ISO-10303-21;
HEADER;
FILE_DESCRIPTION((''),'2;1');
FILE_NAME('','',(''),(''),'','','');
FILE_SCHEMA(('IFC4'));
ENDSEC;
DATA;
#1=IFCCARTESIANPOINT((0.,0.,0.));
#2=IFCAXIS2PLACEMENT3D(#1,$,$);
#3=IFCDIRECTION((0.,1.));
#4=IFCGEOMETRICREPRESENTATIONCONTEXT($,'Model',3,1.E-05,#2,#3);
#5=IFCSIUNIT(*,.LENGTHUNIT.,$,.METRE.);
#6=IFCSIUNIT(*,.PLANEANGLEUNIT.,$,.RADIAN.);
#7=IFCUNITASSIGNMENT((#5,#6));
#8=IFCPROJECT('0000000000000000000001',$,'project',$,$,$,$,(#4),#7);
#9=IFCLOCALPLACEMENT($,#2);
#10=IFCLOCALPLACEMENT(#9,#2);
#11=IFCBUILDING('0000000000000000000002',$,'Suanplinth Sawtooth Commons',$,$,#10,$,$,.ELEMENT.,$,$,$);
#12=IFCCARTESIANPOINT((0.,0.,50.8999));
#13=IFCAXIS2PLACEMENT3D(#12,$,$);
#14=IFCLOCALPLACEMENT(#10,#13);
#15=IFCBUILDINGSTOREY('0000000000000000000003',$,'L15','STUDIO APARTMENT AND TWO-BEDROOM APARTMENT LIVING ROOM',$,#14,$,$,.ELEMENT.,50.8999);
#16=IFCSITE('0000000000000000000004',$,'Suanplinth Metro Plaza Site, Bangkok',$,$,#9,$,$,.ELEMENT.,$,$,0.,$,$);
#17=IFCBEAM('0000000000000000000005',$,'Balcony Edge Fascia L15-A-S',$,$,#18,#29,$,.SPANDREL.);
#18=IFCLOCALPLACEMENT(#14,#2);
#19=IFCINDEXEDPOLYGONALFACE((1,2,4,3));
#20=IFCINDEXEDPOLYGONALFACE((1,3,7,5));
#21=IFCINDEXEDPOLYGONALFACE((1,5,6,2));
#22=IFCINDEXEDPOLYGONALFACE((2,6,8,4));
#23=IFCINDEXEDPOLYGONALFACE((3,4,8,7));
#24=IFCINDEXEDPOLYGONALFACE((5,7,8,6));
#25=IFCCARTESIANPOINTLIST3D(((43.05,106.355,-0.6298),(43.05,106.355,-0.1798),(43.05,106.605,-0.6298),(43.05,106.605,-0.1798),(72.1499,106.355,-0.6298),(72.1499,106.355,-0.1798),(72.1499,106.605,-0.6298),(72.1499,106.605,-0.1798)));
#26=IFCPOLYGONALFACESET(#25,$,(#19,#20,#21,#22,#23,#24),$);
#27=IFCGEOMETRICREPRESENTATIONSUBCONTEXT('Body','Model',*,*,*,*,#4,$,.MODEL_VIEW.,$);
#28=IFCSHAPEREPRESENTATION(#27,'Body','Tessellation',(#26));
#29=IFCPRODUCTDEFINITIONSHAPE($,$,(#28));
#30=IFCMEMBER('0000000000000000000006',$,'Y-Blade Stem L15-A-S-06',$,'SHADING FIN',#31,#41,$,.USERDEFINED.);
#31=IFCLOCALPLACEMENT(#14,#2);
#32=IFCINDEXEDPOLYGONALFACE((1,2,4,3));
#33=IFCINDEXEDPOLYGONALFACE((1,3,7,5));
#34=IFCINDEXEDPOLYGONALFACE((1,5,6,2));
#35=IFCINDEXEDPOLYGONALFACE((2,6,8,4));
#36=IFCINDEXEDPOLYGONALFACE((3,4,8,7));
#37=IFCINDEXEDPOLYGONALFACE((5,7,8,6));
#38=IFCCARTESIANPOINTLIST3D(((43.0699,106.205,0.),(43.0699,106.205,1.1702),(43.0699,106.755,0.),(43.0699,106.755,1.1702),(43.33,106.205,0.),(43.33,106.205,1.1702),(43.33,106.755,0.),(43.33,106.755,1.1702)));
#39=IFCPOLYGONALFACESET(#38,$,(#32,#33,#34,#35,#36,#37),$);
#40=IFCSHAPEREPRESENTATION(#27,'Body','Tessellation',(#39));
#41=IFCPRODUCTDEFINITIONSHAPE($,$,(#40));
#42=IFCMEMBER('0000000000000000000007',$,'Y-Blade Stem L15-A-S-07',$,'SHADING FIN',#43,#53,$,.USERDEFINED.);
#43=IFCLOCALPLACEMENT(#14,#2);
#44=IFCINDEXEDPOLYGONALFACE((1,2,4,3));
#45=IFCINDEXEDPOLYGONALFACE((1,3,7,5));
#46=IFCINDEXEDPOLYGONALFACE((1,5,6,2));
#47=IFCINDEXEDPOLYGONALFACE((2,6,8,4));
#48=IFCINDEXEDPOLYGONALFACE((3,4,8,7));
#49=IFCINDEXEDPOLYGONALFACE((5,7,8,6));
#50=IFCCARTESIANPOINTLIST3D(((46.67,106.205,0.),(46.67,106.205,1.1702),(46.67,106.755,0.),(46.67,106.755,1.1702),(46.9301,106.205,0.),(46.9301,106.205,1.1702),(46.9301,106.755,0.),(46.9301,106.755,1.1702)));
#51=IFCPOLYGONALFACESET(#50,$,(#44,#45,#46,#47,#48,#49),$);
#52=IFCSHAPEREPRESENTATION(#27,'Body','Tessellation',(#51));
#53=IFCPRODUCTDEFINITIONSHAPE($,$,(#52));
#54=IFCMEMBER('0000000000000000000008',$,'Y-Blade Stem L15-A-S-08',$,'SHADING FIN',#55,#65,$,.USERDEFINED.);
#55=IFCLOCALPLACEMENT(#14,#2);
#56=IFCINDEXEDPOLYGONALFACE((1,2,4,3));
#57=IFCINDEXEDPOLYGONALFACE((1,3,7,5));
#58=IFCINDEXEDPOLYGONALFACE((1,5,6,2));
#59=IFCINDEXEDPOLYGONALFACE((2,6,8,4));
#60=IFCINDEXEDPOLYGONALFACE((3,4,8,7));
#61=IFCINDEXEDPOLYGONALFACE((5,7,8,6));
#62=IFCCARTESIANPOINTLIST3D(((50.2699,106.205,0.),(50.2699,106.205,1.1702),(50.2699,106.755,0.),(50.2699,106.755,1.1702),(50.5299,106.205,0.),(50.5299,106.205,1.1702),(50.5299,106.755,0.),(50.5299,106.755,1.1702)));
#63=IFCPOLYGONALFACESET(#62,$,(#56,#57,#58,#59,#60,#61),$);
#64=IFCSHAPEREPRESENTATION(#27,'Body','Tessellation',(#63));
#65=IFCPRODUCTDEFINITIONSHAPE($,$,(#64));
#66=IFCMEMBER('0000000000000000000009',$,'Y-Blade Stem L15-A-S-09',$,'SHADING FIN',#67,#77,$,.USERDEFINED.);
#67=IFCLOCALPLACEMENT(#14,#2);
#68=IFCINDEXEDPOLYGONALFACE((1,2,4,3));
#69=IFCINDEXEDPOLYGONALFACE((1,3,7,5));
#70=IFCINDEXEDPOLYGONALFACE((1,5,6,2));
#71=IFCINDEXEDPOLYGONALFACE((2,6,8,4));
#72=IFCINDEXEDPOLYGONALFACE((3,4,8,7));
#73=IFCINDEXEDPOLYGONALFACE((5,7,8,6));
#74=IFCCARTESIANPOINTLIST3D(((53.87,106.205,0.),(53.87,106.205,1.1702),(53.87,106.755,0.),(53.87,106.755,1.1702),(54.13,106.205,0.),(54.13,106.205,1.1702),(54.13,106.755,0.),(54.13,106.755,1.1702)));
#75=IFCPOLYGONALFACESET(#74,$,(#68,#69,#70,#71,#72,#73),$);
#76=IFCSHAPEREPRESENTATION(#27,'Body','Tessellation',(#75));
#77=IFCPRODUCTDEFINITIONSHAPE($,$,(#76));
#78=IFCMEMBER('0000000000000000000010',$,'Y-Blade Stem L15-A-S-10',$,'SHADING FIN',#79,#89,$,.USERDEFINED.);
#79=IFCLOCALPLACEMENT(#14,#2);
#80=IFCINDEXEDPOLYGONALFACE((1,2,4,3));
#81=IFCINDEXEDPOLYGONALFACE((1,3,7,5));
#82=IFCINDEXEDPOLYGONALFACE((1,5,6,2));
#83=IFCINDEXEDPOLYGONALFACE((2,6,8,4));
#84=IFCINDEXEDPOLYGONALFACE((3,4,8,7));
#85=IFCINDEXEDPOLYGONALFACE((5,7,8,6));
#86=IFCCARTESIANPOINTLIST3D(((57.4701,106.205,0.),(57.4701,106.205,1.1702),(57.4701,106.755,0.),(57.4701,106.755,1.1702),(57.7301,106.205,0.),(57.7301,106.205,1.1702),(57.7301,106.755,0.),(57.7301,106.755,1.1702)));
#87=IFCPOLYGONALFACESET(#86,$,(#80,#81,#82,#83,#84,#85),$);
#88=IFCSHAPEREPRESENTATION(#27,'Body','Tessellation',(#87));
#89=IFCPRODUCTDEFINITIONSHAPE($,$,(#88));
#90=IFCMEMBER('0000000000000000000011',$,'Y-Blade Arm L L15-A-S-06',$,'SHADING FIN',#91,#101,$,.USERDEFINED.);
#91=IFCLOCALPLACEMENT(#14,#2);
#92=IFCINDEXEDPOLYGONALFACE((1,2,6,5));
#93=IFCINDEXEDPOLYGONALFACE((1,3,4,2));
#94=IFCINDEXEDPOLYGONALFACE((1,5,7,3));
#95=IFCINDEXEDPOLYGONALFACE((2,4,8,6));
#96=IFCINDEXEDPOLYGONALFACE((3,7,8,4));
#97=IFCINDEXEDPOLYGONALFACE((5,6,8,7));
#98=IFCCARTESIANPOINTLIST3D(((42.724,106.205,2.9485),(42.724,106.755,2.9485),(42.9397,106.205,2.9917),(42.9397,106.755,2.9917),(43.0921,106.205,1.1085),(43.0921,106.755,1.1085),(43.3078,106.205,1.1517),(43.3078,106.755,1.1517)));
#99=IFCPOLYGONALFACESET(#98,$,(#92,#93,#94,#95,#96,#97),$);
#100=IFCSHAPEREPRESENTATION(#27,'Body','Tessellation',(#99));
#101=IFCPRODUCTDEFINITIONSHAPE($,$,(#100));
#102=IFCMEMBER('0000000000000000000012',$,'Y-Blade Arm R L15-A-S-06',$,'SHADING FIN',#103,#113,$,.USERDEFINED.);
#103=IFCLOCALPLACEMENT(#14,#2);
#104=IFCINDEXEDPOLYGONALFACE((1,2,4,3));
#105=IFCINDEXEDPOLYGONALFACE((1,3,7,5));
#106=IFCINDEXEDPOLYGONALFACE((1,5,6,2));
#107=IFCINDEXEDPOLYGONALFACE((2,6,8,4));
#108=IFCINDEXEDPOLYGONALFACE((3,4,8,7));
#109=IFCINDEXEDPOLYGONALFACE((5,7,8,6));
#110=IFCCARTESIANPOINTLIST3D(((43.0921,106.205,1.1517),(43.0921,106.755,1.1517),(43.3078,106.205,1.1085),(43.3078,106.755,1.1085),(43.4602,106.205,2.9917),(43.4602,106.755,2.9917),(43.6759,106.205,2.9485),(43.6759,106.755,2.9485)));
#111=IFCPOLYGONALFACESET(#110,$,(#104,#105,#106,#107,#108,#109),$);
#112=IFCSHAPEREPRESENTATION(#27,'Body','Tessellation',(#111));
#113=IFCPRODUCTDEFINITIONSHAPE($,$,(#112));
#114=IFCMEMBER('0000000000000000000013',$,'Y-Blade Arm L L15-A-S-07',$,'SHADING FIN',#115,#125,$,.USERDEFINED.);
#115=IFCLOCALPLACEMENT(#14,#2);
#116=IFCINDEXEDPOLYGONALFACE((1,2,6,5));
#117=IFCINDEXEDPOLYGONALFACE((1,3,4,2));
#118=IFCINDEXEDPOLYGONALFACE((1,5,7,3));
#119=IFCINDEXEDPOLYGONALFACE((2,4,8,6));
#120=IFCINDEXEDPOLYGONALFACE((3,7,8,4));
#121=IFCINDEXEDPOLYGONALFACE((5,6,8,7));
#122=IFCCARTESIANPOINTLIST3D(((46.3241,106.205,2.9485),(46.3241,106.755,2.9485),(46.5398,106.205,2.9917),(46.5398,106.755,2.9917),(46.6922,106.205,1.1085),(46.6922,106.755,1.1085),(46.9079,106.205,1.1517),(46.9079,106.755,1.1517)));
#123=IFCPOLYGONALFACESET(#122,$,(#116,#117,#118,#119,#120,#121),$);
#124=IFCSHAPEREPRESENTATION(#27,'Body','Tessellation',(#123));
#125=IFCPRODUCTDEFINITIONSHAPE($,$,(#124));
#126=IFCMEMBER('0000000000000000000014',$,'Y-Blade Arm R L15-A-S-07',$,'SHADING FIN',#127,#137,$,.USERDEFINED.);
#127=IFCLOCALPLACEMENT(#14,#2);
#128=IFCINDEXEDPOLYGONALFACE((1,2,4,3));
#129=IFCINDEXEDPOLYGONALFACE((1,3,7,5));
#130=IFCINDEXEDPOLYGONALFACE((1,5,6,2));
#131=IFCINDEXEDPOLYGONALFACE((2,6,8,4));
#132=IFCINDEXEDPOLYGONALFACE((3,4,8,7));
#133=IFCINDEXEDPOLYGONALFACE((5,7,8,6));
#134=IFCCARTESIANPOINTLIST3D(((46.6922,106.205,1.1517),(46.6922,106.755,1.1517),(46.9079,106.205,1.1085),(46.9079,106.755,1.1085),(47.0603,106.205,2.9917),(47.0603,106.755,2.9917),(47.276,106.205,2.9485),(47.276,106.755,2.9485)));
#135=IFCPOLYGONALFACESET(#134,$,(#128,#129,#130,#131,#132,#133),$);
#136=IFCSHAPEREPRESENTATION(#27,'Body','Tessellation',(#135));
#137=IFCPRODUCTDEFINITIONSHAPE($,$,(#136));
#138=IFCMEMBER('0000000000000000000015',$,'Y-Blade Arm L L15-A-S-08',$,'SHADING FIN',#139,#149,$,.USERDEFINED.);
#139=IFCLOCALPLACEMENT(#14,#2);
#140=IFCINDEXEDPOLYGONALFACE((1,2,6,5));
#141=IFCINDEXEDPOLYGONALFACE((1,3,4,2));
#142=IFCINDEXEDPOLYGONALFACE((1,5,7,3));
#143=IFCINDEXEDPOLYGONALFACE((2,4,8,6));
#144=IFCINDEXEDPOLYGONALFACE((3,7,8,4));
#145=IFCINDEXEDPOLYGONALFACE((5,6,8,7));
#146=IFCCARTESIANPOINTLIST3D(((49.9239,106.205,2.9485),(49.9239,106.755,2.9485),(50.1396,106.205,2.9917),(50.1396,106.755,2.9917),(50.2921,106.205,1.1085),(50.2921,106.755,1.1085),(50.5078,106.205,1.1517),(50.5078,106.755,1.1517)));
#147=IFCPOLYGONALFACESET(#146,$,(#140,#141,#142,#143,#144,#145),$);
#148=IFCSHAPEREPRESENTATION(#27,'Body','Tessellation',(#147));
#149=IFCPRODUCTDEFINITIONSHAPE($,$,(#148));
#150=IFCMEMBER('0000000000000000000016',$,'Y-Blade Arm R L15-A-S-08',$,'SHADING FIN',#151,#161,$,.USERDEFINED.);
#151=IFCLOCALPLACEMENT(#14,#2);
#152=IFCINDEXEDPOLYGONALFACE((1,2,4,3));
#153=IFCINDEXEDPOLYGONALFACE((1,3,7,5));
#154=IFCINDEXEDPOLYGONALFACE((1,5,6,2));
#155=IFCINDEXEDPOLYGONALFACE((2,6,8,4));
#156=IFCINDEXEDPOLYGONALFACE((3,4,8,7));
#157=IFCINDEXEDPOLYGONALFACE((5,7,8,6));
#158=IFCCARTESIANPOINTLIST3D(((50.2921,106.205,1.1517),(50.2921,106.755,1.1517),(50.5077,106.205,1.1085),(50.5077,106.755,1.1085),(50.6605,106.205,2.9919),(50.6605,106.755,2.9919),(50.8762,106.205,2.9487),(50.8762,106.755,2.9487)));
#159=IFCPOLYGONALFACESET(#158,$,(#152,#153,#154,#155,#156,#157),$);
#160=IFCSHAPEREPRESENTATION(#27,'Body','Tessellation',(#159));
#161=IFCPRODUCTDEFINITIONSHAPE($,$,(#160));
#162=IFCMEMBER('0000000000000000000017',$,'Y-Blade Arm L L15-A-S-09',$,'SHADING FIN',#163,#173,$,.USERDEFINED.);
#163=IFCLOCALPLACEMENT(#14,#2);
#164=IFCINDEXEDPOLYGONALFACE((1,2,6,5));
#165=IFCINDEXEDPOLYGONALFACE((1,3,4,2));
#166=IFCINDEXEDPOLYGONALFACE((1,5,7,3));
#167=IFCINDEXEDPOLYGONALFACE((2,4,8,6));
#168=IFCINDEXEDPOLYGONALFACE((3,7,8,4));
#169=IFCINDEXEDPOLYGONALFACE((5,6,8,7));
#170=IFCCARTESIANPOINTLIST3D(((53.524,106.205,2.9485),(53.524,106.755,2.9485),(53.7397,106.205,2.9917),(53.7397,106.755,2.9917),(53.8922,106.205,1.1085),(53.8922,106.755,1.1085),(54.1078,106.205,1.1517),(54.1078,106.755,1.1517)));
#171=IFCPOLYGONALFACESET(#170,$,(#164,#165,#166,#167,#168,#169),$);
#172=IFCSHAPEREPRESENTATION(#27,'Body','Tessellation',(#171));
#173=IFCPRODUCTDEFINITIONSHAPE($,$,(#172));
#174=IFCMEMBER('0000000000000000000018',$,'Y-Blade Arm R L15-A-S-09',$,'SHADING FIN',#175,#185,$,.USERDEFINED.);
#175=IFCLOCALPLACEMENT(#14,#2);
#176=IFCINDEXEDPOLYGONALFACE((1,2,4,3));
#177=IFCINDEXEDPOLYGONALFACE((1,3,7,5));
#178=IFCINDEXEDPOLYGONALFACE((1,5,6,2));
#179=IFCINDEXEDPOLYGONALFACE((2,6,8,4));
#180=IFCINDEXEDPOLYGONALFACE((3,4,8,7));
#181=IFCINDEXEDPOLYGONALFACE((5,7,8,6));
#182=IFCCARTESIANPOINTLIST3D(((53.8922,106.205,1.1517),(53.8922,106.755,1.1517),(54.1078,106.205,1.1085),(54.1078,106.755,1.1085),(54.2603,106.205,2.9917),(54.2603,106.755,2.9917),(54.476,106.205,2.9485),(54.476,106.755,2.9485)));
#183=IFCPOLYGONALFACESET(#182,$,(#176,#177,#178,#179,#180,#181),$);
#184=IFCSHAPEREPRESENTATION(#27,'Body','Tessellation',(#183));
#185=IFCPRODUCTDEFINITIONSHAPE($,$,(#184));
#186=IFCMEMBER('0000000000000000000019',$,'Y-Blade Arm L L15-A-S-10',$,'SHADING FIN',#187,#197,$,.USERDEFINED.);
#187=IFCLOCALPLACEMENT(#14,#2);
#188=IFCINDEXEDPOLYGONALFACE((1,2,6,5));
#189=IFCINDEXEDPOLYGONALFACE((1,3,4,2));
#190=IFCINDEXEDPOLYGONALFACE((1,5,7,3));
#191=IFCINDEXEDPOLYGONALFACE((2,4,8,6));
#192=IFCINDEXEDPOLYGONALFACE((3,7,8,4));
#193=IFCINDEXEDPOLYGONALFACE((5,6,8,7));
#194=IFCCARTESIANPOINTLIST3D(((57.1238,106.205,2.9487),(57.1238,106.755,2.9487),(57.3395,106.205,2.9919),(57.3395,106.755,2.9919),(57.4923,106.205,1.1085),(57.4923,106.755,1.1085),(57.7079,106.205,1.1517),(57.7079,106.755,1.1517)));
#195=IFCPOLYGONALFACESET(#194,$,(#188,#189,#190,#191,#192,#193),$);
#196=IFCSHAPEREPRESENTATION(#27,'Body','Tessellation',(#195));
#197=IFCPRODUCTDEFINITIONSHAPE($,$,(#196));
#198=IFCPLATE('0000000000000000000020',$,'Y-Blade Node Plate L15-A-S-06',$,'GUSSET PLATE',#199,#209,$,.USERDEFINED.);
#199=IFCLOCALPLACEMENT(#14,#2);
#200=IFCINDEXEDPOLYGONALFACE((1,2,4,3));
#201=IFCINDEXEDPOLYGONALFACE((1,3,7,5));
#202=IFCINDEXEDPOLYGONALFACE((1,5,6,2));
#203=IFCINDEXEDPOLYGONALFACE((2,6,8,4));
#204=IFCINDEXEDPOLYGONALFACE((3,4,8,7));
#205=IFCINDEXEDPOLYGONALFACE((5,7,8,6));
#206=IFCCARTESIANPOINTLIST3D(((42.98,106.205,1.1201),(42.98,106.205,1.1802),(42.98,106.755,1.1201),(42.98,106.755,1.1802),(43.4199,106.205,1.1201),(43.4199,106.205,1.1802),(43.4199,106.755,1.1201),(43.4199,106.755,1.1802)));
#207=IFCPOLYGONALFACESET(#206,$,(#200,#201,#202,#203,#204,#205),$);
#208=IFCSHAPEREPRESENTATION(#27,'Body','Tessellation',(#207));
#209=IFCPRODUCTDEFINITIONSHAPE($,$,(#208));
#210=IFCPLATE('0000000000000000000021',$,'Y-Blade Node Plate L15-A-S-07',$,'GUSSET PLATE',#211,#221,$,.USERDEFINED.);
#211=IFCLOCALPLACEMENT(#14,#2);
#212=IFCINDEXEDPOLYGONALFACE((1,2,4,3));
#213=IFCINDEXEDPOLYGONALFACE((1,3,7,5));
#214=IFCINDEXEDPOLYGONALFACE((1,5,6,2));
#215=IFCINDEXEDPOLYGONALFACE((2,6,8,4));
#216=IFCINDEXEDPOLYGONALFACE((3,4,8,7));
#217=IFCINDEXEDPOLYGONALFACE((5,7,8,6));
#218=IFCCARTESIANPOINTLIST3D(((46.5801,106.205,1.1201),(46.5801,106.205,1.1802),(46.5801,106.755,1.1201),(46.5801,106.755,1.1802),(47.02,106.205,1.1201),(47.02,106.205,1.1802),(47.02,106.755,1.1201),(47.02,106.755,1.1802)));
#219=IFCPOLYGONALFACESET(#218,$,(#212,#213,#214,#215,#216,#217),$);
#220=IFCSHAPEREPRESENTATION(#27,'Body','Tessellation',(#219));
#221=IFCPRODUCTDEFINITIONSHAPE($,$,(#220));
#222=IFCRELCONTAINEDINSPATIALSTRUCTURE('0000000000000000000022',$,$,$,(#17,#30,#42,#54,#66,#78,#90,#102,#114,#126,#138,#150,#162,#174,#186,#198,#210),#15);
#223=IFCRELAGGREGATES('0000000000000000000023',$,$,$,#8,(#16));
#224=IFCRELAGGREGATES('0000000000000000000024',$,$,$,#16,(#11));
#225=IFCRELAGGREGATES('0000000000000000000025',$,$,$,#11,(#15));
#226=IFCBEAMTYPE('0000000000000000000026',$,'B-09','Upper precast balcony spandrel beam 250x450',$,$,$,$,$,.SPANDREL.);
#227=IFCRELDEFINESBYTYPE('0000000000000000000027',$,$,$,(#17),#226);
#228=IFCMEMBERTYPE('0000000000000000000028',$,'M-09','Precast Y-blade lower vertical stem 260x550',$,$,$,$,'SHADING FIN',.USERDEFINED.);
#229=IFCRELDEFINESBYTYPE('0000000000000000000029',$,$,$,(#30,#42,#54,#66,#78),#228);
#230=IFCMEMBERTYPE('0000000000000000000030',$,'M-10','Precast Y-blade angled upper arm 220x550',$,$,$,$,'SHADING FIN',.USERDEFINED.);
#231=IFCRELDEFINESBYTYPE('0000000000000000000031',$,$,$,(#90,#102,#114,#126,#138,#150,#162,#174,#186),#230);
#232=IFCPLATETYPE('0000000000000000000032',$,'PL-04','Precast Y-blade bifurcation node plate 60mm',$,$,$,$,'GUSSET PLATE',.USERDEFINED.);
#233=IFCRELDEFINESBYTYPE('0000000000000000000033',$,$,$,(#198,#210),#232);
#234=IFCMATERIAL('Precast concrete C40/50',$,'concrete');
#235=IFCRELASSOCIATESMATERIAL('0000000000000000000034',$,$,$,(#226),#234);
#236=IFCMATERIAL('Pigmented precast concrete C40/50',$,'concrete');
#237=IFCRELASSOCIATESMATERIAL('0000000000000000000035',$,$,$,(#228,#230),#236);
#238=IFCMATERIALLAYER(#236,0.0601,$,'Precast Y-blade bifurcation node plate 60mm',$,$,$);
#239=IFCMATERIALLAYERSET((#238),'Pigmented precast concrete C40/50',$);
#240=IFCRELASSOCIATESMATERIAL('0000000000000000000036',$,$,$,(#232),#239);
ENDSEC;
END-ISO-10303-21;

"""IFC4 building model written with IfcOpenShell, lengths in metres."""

from ifc_helpers import new_model, si_unit, direction, frame, origin, origin_2d, place, context, subcontext, project, spatial, rectangle, extrude, material, layer, layer_set, material_profile, profile_set, type_object, element, save


model = new_model("IFC4")

# Units and contexts
model_context = context("Model", 3, precision=1e-05, world=origin(), true_north=direction((0.0, 1.0)))
body_context = subcontext(model_context, "Body", "Model", "MODEL_VIEW")
ifc_project = project(units=[si_unit("LENGTHUNIT", "METRE"), si_unit("PLANEANGLEUNIT", "RADIAN")], contexts=[model_context])

# Site, building, storey
site_placement = place(None, origin())
site = spatial("IfcSite", under=ifc_project, at=site_placement, Name="Suanplinth Metro Plaza Site, Bangkok", CompositionType="ELEMENT", RefElevation=0.0)
building_placement = place(site_placement, origin())
building = spatial("IfcBuilding", under=site, at=building_placement, Name="Suanplinth Sawtooth Commons", CompositionType="ELEMENT")
storey_placement = place(building_placement, frame((0.0, 0.0, 50.8999)))
storey = spatial("IfcBuildingStorey", under=building, at=storey_placement, Name="L15", Description="STUDIO APARTMENT AND TWO-BEDROOM APARTMENT LIVING ROOM", CompositionType="ELEMENT", Elevation=50.8999)

# Beam
ifc_material_1 = material(Name="Precast concrete C40/50", Category="concrete")
ifc_material_profile_1 = material_profile(ifc_material_1, rectangle(XDim=0.25, YDim=0.45, at=origin_2d()), Name="PC-SP 250x450")
ifc_profile_set_1 = profile_set([ifc_material_profile_1], Name="Precast concrete C40/50")
beam_type = type_object("IfcBeamType", Name="B-09", Description="Upper precast balcony spandrel beam 250x450", PredefinedType="SPANDREL", material=ifc_profile_set_1)
beam_placement = place(storey_placement, frame((43.05, 106.48, -0.4048), z_axis=(1.0, 0.0, 0.0), x_axis=(0.0, 1.0, 0.0)))
element("IfcBeam", 1, at=beam_placement, inside=storey, type_object=beam_type, Name="Balcony Edge Fascia L15-A-S", PredefinedType="SPANDREL", context=body_context, shape_type="SweptSolid", body=[
    extrude(rectangle(XDim=0.25, YDim=0.45, at=origin_2d()), origin(), (0.0, 0.0, 1.0), 29.0999),
])

# Members
ifc_material_2 = material(Name="Pigmented precast concrete C40/50", Category="concrete")
ifc_material_profile_2 = material_profile(ifc_material_2, rectangle(XDim=0.26, YDim=0.55, at=origin_2d()), Name="PC-FIN 260x550")
ifc_profile_set_2 = profile_set([ifc_material_profile_2], Name="Pigmented precast concrete C40/50")
member_type_1 = type_object("IfcMemberType", Name="M-09", Description="Precast Y-blade lower vertical stem 260x550", ElementType="SHADING FIN", PredefinedType="USERDEFINED", material=ifc_profile_set_2)
for number, where, z_axis, x_axis, name in (
    (2, (43.2, 106.48, 0.0), (0.0, 0.0, 1.0), (1.0, 0.0, 0.0), "Y-Blade Stem L15-A-S-06"),
    (3, (46.8, 106.48, 0.0), (0.0, 0.0, 1.0), (1.0, 0.0, 0.0), "Y-Blade Stem L15-A-S-07"),
    (4, (50.3999, 106.48, 0.0), (0.0, 0.0, 1.0), (1.0, 0.0, 0.0), "Y-Blade Stem L15-A-S-08"),
    (5, (54.0, 106.48, 0.0), (0.0, 0.0, 1.0), (1.0, 0.0, 0.0), "Y-Blade Stem L15-A-S-09"),
    (6, (57.6001, 106.48, 0.0), (0.0, 0.0, 1.0), (1.0, 0.0, 0.0), "Y-Blade Stem L15-A-S-10"),
):
    element("IfcMember", number, at=place(storey_placement, frame(where, z_axis=z_axis, x_axis=x_axis)), inside=storey, type_object=member_type_1, Name=name, ObjectType="SHADING FIN", PredefinedType="USERDEFINED", context=body_context, shape_type="SweptSolid", body=[
        extrude(rectangle(XDim=0.26, YDim=0.55, at=origin_2d()), origin(), (0.0, 0.0, 1.0), 1.1702),
    ])
ifc_material_profile_3 = material_profile(ifc_material_2, rectangle(XDim=0.22, YDim=0.55, at=origin_2d()), Name="PC-FIN 220x550")
ifc_profile_set_3 = profile_set([ifc_material_profile_3], Name="Pigmented precast concrete C40/50")
member_type_2 = type_object("IfcMemberType", Name="M-10", Description="Precast Y-blade angled upper arm 220x550", ElementType="SHADING FIN", PredefinedType="USERDEFINED", material=ifc_profile_set_3)
for number, where, z_axis, x_axis, name in (
    (7, (43.2, 106.48, 1.1301), (-0.196191, 0.0, 0.980566), (0.980566, 0.0, 0.196191), "Y-Blade Arm L L15-A-S-06"),
    (8, (43.2, 106.48, 1.1301), (0.196191, 0.0, 0.980566), (-0.980566, 0.0, 0.196191), "Y-Blade Arm R L15-A-S-06"),
    (9, (46.8, 106.48, 1.1301), (-0.196191, 0.0, 0.980566), (0.980566, 0.0, 0.196191), "Y-Blade Arm L L15-A-S-07"),
    (10, (46.8, 106.48, 1.1301), (0.196191, 0.0, 0.980566), (-0.980566, 0.0, 0.196191), "Y-Blade Arm R L15-A-S-07"),
    (11, (50.3999, 106.48, 1.1301), (-0.196191, 0.0, 0.980566), (0.980566, 0.0, 0.196191), "Y-Blade Arm L L15-A-S-08"),
):
    element("IfcMember", number, at=place(storey_placement, frame(where, z_axis=z_axis, x_axis=x_axis)), inside=storey, type_object=member_type_2, Name=name, ObjectType="SHADING FIN", PredefinedType="USERDEFINED", context=body_context, shape_type="SweptSolid", body=[
        extrude(rectangle(XDim=0.22, YDim=0.55, at=origin_2d()), origin(), (0.0, 0.0, 1.0), 1.8765),
    ])
member_1_placement = place(storey_placement, frame((50.3999, 106.48, 1.1301), z_axis=(0.196316, 0.0, 0.980541), x_axis=(-0.980541, 0.0, 0.196316)))
element("IfcMember", 12, at=member_1_placement, inside=storey, type_object=member_type_2, Name="Y-Blade Arm R L15-A-S-08", ObjectType="SHADING FIN", PredefinedType="USERDEFINED", context=body_context, shape_type="SweptSolid", body=[
    extrude(rectangle(XDim=0.22, YDim=0.55, at=origin_2d()), origin(), (0.0, 0.0, 1.0), 1.8767),
])
for number, where, z_axis, x_axis, name in (
    (13, (54.0, 106.48, 1.1301), (-0.196191, 0.0, 0.980566), (0.980566, 0.0, 0.196191), "Y-Blade Arm L L15-A-S-09"),
    (14, (54.0, 106.48, 1.1301), (0.196191, 0.0, 0.980566), (-0.980566, 0.0, 0.196191), "Y-Blade Arm R L15-A-S-09"),
):
    element("IfcMember", number, at=place(storey_placement, frame(where, z_axis=z_axis, x_axis=x_axis)), inside=storey, type_object=member_type_2, Name=name, ObjectType="SHADING FIN", PredefinedType="USERDEFINED", context=body_context, shape_type="SweptSolid", body=[
        extrude(rectangle(XDim=0.22, YDim=0.55, at=origin_2d()), origin(), (0.0, 0.0, 1.0), 1.8765),
    ])
member_2_placement = place(storey_placement, frame((57.6001, 106.48, 1.1301), z_axis=(-0.196316, 0.0, 0.980541), x_axis=(0.980541, 0.0, 0.196316)))
element("IfcMember", 15, at=member_2_placement, inside=storey, type_object=member_type_2, Name="Y-Blade Arm L L15-A-S-10", ObjectType="SHADING FIN", PredefinedType="USERDEFINED", context=body_context, shape_type="SweptSolid", body=[
    extrude(rectangle(XDim=0.22, YDim=0.55, at=origin_2d()), origin(), (0.0, 0.0, 1.0), 1.8767),
])

# Plates
ifc_layer_1 = layer(ifc_material_2, 0.0601, Name="Precast Y-blade bifurcation node plate 60mm")
ifc_layer_set_1 = layer_set([ifc_layer_1], Name="Pigmented precast concrete C40/50")
plate_type = type_object("IfcPlateType", Name="PL-04", Description="Precast Y-blade bifurcation node plate 60mm", ElementType="GUSSET PLATE", PredefinedType="USERDEFINED", material=ifc_layer_set_1)
for number, where, z_axis, x_axis, name in (
    (16, (43.2, 106.48, 1.1201), (0.0, 0.0, 1.0), (1.0, 0.0, 0.0), "Y-Blade Node Plate L15-A-S-06"),
    (17, (46.8, 106.48, 1.1201), (0.0, 0.0, 1.0), (1.0, 0.0, 0.0), "Y-Blade Node Plate L15-A-S-07"),
):
    element("IfcPlate", number, at=place(storey_placement, frame(where, z_axis=z_axis, x_axis=x_axis)), inside=storey, type_object=plate_type, Name=name, ObjectType="GUSSET PLATE", PredefinedType="USERDEFINED", context=body_context, shape_type="SweptSolid", body=[
        extrude(rectangle(XDim=0.4399, YDim=0.55, at=origin_2d()), origin(), (0.0, 0.0, 1.0), 0.0601),
    ])

save(model, "model.ifc")
